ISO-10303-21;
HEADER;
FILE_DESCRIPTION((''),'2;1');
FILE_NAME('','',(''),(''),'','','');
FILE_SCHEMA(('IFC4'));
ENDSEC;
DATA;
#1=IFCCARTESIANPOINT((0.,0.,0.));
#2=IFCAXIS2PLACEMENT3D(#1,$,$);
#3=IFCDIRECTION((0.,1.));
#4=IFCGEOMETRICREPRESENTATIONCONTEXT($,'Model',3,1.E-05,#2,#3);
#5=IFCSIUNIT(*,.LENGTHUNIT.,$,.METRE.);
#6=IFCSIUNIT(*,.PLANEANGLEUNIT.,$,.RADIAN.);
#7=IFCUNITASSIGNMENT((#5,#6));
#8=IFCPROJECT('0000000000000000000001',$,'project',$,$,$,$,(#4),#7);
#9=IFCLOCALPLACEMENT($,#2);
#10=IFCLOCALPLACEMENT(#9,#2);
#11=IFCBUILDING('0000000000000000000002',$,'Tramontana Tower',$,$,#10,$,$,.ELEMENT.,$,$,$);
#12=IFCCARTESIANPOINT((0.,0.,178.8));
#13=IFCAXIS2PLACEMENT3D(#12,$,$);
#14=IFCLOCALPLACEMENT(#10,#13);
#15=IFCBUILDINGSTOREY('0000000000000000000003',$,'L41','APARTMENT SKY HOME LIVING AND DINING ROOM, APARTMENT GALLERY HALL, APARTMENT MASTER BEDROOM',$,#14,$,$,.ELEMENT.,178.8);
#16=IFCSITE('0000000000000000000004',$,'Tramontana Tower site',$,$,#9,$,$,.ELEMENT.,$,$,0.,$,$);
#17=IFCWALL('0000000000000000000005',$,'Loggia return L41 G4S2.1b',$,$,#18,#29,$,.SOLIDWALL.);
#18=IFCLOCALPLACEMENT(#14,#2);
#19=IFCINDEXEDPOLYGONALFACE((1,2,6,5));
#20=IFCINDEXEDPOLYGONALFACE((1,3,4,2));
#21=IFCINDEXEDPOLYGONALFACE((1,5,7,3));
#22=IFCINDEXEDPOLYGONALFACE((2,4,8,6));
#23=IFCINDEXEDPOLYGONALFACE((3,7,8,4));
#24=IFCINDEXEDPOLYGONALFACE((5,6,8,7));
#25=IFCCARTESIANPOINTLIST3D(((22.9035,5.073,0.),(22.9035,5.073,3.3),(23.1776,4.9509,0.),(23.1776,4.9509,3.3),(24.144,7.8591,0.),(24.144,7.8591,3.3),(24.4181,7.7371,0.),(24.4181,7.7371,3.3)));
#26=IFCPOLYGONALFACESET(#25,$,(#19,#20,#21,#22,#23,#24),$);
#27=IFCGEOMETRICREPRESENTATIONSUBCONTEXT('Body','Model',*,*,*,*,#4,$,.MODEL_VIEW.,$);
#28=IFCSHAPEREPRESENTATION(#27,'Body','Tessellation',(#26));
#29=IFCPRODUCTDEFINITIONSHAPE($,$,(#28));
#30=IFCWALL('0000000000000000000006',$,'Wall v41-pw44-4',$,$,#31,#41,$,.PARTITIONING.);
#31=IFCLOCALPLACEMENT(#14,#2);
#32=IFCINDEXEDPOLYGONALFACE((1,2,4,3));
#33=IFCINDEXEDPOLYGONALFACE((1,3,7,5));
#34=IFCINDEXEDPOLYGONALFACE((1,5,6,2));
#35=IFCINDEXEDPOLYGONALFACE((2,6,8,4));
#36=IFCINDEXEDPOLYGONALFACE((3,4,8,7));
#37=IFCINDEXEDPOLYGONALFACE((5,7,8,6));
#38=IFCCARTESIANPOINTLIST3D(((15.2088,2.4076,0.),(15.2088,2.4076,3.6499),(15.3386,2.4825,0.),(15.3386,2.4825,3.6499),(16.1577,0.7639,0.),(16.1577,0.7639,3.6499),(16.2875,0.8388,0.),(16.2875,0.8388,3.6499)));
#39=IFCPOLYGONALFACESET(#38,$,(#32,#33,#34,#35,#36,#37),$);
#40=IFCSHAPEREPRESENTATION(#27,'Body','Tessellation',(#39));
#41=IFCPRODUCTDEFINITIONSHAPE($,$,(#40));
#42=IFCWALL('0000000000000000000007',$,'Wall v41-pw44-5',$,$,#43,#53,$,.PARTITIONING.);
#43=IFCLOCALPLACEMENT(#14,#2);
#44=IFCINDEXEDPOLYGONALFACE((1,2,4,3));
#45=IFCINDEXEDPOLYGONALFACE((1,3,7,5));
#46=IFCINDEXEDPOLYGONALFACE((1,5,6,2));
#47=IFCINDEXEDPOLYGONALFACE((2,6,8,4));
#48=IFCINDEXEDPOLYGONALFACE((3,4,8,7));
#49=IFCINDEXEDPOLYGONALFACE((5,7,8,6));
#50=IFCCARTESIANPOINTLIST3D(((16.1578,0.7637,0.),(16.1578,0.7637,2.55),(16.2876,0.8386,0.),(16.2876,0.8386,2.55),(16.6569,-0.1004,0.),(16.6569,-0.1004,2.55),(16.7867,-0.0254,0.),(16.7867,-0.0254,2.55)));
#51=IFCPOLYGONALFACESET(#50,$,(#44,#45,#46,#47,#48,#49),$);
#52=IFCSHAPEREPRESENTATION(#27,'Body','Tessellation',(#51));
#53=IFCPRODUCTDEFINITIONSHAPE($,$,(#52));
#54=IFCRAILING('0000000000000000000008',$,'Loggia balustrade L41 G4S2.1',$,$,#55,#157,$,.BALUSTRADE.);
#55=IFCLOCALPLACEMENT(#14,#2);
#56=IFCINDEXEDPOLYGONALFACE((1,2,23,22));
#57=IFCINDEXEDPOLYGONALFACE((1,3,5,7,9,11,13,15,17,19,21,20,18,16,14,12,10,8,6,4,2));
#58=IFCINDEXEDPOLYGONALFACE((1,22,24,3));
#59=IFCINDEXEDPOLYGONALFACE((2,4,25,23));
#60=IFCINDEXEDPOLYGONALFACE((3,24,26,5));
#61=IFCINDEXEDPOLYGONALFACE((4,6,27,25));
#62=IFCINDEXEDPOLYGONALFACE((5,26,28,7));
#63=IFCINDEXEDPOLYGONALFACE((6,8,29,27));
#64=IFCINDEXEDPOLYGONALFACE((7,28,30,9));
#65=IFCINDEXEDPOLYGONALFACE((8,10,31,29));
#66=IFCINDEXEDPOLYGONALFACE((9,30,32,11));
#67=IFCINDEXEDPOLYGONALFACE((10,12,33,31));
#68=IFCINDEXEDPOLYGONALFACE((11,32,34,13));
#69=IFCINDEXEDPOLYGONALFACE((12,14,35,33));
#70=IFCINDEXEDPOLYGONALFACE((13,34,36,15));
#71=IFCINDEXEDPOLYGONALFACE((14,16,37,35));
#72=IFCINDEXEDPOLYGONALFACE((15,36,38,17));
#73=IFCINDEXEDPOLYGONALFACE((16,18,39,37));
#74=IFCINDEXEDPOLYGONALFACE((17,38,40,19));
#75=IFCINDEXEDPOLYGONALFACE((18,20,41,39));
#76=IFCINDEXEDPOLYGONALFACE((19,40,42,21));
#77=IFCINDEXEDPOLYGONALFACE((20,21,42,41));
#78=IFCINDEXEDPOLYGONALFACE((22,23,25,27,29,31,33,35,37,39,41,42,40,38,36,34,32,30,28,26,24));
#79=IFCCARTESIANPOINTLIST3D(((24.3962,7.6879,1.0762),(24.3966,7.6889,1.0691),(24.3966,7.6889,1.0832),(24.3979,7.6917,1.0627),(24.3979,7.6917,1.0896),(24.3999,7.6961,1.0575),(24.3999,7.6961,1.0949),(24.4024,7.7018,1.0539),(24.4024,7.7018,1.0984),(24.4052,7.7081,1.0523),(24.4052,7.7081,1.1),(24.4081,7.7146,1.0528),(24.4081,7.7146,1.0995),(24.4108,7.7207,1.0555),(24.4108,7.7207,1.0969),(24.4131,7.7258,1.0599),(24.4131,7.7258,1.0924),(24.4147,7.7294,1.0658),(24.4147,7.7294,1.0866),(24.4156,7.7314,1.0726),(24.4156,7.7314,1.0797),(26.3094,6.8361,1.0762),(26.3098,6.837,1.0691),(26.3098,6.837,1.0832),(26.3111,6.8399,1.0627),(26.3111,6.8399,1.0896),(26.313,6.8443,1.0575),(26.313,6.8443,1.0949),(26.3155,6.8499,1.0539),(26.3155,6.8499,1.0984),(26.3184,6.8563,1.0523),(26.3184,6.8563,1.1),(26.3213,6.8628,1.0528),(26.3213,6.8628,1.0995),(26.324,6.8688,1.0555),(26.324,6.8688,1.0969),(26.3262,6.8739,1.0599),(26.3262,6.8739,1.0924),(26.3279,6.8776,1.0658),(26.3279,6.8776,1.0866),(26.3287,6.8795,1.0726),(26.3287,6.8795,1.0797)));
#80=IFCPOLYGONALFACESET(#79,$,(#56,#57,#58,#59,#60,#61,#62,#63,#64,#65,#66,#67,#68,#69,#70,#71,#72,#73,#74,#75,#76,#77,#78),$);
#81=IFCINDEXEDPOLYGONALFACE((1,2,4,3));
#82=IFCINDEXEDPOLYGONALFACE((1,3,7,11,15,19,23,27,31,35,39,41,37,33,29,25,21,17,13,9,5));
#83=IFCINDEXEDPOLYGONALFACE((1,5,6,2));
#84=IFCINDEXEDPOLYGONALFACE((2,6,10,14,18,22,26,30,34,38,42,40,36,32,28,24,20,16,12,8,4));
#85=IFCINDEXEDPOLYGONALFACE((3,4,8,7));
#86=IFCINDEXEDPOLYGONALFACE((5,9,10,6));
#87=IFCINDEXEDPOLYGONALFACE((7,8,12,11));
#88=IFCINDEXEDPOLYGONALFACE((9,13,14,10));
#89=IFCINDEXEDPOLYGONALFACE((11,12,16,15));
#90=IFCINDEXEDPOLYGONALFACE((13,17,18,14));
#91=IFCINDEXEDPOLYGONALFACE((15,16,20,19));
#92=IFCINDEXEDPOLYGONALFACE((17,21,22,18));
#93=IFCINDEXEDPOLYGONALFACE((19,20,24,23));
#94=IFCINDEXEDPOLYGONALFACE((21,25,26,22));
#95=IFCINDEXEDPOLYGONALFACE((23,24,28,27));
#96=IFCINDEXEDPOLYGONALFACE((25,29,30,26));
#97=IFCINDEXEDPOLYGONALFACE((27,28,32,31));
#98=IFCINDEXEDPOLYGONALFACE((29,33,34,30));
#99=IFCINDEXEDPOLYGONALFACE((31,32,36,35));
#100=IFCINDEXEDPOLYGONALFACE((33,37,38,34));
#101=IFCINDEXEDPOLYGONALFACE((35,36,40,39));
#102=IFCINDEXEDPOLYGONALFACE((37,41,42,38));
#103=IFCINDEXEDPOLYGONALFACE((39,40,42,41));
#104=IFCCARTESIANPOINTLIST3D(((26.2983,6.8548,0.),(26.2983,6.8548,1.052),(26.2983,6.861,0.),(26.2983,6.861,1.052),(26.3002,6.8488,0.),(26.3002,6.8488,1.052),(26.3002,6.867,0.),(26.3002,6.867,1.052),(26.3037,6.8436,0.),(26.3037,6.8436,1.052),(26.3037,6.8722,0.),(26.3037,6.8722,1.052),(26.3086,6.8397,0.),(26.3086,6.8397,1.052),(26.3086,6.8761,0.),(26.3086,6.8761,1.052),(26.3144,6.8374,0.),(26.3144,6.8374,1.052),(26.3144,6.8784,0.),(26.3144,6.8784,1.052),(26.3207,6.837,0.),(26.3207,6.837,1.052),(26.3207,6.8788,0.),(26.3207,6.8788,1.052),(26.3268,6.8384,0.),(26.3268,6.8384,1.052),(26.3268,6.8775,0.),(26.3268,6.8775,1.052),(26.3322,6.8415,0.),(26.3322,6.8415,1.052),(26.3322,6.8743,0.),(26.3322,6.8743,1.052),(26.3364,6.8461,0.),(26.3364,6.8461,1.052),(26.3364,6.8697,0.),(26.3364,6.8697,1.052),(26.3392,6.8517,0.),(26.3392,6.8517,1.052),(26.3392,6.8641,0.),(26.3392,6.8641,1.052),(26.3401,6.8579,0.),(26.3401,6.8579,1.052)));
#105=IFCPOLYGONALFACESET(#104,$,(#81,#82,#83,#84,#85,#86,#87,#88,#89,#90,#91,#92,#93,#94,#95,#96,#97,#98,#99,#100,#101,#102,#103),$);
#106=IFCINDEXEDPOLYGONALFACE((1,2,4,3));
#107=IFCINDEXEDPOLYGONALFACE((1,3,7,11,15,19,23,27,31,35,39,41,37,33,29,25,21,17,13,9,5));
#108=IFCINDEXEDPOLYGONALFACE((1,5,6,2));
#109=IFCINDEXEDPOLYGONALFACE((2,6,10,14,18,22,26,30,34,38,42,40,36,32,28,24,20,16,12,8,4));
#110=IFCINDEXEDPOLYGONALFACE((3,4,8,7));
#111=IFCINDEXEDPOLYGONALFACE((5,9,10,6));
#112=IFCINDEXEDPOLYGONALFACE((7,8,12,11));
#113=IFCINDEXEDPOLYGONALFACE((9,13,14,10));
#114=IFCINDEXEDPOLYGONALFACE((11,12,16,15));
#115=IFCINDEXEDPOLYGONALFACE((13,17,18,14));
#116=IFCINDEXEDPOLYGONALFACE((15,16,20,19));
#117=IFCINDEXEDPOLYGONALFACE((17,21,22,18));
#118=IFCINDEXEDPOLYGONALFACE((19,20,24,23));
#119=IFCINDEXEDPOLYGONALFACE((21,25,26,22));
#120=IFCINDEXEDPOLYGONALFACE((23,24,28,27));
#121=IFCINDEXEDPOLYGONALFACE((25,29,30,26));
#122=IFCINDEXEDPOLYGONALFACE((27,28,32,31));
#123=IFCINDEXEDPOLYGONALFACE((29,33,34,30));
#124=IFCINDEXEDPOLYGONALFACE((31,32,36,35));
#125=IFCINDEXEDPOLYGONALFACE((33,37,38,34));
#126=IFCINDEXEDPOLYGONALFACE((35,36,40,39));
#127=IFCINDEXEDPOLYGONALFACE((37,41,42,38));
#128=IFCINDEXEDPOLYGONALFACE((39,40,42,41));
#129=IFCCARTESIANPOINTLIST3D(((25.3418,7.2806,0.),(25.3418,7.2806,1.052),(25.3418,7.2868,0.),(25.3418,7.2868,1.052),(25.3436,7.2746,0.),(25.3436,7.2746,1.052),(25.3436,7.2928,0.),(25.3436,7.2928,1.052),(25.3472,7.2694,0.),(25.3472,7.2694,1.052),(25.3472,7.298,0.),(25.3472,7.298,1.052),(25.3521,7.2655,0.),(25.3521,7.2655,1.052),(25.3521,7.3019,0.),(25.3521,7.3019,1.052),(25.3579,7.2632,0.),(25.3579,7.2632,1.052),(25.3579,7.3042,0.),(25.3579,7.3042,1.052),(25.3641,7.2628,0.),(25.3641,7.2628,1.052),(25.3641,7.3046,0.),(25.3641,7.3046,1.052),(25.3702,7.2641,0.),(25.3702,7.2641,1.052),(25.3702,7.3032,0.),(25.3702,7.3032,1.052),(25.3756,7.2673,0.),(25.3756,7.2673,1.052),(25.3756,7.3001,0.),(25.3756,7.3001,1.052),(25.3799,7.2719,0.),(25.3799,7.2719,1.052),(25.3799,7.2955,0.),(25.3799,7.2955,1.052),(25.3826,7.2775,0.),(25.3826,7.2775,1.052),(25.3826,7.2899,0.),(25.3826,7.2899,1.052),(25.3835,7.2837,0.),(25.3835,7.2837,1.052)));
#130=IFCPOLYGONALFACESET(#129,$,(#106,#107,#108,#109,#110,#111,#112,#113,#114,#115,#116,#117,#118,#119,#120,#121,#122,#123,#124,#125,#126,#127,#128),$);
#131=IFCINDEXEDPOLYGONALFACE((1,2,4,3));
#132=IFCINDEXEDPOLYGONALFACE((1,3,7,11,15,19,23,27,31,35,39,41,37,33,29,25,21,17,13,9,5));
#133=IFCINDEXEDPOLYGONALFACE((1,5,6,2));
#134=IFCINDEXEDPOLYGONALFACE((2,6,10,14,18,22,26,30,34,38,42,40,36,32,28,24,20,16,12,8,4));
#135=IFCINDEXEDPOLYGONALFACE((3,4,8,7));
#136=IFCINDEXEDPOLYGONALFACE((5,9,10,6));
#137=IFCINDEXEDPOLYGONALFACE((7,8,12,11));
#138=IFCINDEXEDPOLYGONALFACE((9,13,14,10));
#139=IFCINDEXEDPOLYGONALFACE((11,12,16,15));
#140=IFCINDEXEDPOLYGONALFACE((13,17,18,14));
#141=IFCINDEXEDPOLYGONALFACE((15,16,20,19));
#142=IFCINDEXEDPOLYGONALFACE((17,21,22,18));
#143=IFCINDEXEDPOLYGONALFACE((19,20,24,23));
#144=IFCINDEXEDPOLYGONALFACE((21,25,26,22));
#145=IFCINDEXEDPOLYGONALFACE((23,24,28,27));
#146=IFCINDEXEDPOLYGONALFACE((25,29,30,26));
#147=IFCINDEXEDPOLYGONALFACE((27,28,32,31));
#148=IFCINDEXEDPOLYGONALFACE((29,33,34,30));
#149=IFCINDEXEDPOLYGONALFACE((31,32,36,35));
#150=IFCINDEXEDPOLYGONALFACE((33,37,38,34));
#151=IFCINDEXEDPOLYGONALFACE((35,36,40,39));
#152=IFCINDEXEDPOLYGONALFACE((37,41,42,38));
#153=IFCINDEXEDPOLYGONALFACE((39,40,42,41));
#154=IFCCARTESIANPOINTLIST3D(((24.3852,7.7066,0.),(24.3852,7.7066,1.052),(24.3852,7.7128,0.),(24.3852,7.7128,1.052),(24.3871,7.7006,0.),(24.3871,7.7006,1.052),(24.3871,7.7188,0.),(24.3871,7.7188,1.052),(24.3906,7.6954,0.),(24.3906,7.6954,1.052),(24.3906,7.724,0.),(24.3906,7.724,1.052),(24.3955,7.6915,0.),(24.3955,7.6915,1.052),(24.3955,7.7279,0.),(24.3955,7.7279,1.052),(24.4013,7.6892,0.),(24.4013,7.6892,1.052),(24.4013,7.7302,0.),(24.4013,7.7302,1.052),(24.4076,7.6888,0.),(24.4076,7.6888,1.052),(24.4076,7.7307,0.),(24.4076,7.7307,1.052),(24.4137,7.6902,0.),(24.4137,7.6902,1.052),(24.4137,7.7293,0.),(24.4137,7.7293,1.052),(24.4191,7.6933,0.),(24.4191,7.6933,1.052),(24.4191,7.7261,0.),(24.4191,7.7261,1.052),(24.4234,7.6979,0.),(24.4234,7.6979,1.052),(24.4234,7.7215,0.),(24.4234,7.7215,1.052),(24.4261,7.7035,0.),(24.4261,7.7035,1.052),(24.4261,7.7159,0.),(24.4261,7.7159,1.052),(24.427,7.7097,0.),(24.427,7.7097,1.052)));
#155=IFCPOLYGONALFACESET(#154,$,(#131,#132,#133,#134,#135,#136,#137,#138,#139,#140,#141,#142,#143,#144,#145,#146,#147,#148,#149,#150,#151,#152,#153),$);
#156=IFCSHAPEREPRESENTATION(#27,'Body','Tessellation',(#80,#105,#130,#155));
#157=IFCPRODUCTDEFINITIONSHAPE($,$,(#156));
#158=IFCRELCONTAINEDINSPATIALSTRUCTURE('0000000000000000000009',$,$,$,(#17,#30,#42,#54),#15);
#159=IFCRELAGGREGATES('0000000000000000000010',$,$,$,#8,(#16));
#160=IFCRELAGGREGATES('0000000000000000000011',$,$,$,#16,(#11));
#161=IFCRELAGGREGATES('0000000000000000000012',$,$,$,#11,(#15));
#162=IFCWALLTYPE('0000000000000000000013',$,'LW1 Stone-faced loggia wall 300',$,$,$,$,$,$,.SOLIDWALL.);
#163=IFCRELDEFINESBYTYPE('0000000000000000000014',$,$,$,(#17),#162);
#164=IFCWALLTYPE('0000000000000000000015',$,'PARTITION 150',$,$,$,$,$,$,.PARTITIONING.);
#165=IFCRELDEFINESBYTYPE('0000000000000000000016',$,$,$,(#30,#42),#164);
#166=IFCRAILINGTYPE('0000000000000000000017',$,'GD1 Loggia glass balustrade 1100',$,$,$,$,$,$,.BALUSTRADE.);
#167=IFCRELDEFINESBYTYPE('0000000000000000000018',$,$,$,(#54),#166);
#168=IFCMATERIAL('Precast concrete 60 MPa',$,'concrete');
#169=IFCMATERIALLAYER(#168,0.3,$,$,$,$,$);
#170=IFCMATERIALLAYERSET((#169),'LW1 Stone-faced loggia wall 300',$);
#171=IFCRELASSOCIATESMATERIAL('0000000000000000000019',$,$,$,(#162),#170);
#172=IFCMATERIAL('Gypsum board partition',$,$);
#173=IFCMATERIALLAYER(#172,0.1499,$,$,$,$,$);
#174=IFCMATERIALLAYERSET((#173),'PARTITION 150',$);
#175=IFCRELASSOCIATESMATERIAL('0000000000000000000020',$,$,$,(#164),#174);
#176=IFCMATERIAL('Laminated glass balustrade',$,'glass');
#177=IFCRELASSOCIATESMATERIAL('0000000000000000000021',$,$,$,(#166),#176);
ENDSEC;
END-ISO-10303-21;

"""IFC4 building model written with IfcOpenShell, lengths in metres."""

from ifc_helpers import new_model, si_unit, direction, frame, frame_2d, origin, origin_2d, place, context, subcontext, project, spatial, rectangle, circle, extrude, material, layer, layer_set, type_object, element, save


model = new_model("IFC4")

# Units and contexts
model_context = context("Model", 3, precision=1e-05, world=origin(), true_north=direction((0.0, 1.0)))
body_context = subcontext(model_context, "Body", "Model", "MODEL_VIEW")
ifc_project = project(units=[si_unit("LENGTHUNIT", "METRE"), si_unit("PLANEANGLEUNIT", "RADIAN")], contexts=[model_context])

# Site, building, storey
site_placement = place(None, origin())
site = spatial("IfcSite", under=ifc_project, at=site_placement, Name="Tramontana Tower site", CompositionType="ELEMENT", RefElevation=0.0)
building_placement = place(site_placement, origin())
building = spatial("IfcBuilding", under=site, at=building_placement, Name="Tramontana Tower", CompositionType="ELEMENT")
storey_placement = place(building_placement, frame((0.0, 0.0, 178.8)))
storey = spatial("IfcBuildingStorey", under=building, at=storey_placement, Name="L41", Description="APARTMENT SKY HOME LIVING AND DINING ROOM, APARTMENT GALLERY HALL, APARTMENT MASTER BEDROOM", CompositionType="ELEMENT", Elevation=178.8)

# Shared definitions
ifc_material_1 = material(Name="Precast concrete 60 MPa", Category="concrete")
ifc_layer_1 = layer(ifc_material_1, 0.3)
ifc_layer_set_1 = layer_set([ifc_layer_1], Name="LW1 Stone-faced loggia wall 300")
wall_type_1 = type_object("IfcWallType", Name="LW1 Stone-faced loggia wall 300", PredefinedType="SOLIDWALL", material=ifc_layer_set_1)

# Walls
for number, where, z_axis, x_axis, name in (
    (1, (24.281, 7.7981, 0.0), (0.0, 0.0, 1.0), (-0.40674, -0.913544, 0.0), "Loggia return L41 G4S2.1b"),
):
    element("IfcWall", number, at=place(storey_placement, frame(where, z_axis=z_axis, x_axis=x_axis)), inside=storey, type_object=wall_type_1, Name=name, PredefinedType="SOLIDWALL", context=body_context, shape_type="SweptSolid", body=[
        extrude(rectangle(XDim=3.0498, YDim=0.3, at=frame_2d((1.5249, 0.0))), origin(), (0.0, 0.0, 1.0), 3.3),
    ])
ifc_material_2 = material(Name="Gypsum board partition")
ifc_layer_2 = layer(ifc_material_2, 0.1499)
ifc_layer_set_2 = layer_set([ifc_layer_2], Name="PARTITION 150")
wall_type_2 = type_object("IfcWallType", Name="PARTITION 150", PredefinedType="PARTITIONING", material=ifc_layer_set_2)
wall_1_placement = place(storey_placement, frame((15.2737, 2.4451, 0.0), z_axis=(0.0, 0.0, 1.0), x_axis=(0.499971, -0.866042, 0.0)))
element("IfcWall", 2, at=wall_1_placement, inside=storey, type_object=wall_type_2, Name="Wall v41-pw44-4", PredefinedType="PARTITIONING", context=body_context, shape_type="SweptSolid", body=[
    extrude(rectangle(XDim=1.8979, YDim=0.1499, at=frame_2d((0.949, 0.0))), origin(), (0.0, 0.0, 1.0), 3.6499),
])
wall_2_placement = place(storey_placement, frame((16.2227, 0.8013, 0.0), z_axis=(0.0, 0.0, 1.0), x_axis=(0.500139, -0.865945, 0.0)))
element("IfcWall", 3, at=wall_2_placement, inside=storey, type_object=wall_type_2, Name="Wall v41-pw44-5", PredefinedType="PARTITIONING", context=body_context, shape_type="SweptSolid", body=[
    extrude(rectangle(XDim=0.9978, YDim=0.1499, at=frame_2d((0.499, 0.0))), origin(), (0.0, 0.0, 1.0), 2.55),
])

# Railing
ifc_material_3 = material(Name="Laminated glass balustrade", Category="glass")
railing_type = type_object("IfcRailingType", Name="GD1 Loggia glass balustrade 1100", PredefinedType="BALUSTRADE", material=ifc_material_3)
railing_1_placement = place(storey_placement, frame((26.3191, 6.8579, 0.0)))
element("IfcRailing", 4, at=railing_1_placement, inside=storey, type_object=railing_type, Name="Loggia balustrade L41 G4S2.1", PredefinedType="BALUSTRADE", context=body_context, shape_type="SweptSolid", body=[
    extrude(circle(Radius=0.0239, at=origin_2d()), frame((0.0, 0.0, 1.0762), z_axis=(-0.913537, 0.406755, 0.0), x_axis=(-0.406755, -0.913537, 0.0)), (0.0, 0.0, 1.0), 2.0942),
    extrude(circle(Radius=0.021, at=origin_2d()), origin(), (0.0, 0.0, 1.0), 1.052),
    extrude(circle(Radius=0.021, at=origin_2d()), frame((-0.9565, 0.4258, 0.0)), (0.0, 0.0, 1.0), 1.052),
    extrude(circle(Radius=0.021, at=origin_2d()), frame((-1.9131, 0.8518, 0.0)), (0.0, 0.0, 1.0), 1.052),
])

save(model, "model.ifc")
